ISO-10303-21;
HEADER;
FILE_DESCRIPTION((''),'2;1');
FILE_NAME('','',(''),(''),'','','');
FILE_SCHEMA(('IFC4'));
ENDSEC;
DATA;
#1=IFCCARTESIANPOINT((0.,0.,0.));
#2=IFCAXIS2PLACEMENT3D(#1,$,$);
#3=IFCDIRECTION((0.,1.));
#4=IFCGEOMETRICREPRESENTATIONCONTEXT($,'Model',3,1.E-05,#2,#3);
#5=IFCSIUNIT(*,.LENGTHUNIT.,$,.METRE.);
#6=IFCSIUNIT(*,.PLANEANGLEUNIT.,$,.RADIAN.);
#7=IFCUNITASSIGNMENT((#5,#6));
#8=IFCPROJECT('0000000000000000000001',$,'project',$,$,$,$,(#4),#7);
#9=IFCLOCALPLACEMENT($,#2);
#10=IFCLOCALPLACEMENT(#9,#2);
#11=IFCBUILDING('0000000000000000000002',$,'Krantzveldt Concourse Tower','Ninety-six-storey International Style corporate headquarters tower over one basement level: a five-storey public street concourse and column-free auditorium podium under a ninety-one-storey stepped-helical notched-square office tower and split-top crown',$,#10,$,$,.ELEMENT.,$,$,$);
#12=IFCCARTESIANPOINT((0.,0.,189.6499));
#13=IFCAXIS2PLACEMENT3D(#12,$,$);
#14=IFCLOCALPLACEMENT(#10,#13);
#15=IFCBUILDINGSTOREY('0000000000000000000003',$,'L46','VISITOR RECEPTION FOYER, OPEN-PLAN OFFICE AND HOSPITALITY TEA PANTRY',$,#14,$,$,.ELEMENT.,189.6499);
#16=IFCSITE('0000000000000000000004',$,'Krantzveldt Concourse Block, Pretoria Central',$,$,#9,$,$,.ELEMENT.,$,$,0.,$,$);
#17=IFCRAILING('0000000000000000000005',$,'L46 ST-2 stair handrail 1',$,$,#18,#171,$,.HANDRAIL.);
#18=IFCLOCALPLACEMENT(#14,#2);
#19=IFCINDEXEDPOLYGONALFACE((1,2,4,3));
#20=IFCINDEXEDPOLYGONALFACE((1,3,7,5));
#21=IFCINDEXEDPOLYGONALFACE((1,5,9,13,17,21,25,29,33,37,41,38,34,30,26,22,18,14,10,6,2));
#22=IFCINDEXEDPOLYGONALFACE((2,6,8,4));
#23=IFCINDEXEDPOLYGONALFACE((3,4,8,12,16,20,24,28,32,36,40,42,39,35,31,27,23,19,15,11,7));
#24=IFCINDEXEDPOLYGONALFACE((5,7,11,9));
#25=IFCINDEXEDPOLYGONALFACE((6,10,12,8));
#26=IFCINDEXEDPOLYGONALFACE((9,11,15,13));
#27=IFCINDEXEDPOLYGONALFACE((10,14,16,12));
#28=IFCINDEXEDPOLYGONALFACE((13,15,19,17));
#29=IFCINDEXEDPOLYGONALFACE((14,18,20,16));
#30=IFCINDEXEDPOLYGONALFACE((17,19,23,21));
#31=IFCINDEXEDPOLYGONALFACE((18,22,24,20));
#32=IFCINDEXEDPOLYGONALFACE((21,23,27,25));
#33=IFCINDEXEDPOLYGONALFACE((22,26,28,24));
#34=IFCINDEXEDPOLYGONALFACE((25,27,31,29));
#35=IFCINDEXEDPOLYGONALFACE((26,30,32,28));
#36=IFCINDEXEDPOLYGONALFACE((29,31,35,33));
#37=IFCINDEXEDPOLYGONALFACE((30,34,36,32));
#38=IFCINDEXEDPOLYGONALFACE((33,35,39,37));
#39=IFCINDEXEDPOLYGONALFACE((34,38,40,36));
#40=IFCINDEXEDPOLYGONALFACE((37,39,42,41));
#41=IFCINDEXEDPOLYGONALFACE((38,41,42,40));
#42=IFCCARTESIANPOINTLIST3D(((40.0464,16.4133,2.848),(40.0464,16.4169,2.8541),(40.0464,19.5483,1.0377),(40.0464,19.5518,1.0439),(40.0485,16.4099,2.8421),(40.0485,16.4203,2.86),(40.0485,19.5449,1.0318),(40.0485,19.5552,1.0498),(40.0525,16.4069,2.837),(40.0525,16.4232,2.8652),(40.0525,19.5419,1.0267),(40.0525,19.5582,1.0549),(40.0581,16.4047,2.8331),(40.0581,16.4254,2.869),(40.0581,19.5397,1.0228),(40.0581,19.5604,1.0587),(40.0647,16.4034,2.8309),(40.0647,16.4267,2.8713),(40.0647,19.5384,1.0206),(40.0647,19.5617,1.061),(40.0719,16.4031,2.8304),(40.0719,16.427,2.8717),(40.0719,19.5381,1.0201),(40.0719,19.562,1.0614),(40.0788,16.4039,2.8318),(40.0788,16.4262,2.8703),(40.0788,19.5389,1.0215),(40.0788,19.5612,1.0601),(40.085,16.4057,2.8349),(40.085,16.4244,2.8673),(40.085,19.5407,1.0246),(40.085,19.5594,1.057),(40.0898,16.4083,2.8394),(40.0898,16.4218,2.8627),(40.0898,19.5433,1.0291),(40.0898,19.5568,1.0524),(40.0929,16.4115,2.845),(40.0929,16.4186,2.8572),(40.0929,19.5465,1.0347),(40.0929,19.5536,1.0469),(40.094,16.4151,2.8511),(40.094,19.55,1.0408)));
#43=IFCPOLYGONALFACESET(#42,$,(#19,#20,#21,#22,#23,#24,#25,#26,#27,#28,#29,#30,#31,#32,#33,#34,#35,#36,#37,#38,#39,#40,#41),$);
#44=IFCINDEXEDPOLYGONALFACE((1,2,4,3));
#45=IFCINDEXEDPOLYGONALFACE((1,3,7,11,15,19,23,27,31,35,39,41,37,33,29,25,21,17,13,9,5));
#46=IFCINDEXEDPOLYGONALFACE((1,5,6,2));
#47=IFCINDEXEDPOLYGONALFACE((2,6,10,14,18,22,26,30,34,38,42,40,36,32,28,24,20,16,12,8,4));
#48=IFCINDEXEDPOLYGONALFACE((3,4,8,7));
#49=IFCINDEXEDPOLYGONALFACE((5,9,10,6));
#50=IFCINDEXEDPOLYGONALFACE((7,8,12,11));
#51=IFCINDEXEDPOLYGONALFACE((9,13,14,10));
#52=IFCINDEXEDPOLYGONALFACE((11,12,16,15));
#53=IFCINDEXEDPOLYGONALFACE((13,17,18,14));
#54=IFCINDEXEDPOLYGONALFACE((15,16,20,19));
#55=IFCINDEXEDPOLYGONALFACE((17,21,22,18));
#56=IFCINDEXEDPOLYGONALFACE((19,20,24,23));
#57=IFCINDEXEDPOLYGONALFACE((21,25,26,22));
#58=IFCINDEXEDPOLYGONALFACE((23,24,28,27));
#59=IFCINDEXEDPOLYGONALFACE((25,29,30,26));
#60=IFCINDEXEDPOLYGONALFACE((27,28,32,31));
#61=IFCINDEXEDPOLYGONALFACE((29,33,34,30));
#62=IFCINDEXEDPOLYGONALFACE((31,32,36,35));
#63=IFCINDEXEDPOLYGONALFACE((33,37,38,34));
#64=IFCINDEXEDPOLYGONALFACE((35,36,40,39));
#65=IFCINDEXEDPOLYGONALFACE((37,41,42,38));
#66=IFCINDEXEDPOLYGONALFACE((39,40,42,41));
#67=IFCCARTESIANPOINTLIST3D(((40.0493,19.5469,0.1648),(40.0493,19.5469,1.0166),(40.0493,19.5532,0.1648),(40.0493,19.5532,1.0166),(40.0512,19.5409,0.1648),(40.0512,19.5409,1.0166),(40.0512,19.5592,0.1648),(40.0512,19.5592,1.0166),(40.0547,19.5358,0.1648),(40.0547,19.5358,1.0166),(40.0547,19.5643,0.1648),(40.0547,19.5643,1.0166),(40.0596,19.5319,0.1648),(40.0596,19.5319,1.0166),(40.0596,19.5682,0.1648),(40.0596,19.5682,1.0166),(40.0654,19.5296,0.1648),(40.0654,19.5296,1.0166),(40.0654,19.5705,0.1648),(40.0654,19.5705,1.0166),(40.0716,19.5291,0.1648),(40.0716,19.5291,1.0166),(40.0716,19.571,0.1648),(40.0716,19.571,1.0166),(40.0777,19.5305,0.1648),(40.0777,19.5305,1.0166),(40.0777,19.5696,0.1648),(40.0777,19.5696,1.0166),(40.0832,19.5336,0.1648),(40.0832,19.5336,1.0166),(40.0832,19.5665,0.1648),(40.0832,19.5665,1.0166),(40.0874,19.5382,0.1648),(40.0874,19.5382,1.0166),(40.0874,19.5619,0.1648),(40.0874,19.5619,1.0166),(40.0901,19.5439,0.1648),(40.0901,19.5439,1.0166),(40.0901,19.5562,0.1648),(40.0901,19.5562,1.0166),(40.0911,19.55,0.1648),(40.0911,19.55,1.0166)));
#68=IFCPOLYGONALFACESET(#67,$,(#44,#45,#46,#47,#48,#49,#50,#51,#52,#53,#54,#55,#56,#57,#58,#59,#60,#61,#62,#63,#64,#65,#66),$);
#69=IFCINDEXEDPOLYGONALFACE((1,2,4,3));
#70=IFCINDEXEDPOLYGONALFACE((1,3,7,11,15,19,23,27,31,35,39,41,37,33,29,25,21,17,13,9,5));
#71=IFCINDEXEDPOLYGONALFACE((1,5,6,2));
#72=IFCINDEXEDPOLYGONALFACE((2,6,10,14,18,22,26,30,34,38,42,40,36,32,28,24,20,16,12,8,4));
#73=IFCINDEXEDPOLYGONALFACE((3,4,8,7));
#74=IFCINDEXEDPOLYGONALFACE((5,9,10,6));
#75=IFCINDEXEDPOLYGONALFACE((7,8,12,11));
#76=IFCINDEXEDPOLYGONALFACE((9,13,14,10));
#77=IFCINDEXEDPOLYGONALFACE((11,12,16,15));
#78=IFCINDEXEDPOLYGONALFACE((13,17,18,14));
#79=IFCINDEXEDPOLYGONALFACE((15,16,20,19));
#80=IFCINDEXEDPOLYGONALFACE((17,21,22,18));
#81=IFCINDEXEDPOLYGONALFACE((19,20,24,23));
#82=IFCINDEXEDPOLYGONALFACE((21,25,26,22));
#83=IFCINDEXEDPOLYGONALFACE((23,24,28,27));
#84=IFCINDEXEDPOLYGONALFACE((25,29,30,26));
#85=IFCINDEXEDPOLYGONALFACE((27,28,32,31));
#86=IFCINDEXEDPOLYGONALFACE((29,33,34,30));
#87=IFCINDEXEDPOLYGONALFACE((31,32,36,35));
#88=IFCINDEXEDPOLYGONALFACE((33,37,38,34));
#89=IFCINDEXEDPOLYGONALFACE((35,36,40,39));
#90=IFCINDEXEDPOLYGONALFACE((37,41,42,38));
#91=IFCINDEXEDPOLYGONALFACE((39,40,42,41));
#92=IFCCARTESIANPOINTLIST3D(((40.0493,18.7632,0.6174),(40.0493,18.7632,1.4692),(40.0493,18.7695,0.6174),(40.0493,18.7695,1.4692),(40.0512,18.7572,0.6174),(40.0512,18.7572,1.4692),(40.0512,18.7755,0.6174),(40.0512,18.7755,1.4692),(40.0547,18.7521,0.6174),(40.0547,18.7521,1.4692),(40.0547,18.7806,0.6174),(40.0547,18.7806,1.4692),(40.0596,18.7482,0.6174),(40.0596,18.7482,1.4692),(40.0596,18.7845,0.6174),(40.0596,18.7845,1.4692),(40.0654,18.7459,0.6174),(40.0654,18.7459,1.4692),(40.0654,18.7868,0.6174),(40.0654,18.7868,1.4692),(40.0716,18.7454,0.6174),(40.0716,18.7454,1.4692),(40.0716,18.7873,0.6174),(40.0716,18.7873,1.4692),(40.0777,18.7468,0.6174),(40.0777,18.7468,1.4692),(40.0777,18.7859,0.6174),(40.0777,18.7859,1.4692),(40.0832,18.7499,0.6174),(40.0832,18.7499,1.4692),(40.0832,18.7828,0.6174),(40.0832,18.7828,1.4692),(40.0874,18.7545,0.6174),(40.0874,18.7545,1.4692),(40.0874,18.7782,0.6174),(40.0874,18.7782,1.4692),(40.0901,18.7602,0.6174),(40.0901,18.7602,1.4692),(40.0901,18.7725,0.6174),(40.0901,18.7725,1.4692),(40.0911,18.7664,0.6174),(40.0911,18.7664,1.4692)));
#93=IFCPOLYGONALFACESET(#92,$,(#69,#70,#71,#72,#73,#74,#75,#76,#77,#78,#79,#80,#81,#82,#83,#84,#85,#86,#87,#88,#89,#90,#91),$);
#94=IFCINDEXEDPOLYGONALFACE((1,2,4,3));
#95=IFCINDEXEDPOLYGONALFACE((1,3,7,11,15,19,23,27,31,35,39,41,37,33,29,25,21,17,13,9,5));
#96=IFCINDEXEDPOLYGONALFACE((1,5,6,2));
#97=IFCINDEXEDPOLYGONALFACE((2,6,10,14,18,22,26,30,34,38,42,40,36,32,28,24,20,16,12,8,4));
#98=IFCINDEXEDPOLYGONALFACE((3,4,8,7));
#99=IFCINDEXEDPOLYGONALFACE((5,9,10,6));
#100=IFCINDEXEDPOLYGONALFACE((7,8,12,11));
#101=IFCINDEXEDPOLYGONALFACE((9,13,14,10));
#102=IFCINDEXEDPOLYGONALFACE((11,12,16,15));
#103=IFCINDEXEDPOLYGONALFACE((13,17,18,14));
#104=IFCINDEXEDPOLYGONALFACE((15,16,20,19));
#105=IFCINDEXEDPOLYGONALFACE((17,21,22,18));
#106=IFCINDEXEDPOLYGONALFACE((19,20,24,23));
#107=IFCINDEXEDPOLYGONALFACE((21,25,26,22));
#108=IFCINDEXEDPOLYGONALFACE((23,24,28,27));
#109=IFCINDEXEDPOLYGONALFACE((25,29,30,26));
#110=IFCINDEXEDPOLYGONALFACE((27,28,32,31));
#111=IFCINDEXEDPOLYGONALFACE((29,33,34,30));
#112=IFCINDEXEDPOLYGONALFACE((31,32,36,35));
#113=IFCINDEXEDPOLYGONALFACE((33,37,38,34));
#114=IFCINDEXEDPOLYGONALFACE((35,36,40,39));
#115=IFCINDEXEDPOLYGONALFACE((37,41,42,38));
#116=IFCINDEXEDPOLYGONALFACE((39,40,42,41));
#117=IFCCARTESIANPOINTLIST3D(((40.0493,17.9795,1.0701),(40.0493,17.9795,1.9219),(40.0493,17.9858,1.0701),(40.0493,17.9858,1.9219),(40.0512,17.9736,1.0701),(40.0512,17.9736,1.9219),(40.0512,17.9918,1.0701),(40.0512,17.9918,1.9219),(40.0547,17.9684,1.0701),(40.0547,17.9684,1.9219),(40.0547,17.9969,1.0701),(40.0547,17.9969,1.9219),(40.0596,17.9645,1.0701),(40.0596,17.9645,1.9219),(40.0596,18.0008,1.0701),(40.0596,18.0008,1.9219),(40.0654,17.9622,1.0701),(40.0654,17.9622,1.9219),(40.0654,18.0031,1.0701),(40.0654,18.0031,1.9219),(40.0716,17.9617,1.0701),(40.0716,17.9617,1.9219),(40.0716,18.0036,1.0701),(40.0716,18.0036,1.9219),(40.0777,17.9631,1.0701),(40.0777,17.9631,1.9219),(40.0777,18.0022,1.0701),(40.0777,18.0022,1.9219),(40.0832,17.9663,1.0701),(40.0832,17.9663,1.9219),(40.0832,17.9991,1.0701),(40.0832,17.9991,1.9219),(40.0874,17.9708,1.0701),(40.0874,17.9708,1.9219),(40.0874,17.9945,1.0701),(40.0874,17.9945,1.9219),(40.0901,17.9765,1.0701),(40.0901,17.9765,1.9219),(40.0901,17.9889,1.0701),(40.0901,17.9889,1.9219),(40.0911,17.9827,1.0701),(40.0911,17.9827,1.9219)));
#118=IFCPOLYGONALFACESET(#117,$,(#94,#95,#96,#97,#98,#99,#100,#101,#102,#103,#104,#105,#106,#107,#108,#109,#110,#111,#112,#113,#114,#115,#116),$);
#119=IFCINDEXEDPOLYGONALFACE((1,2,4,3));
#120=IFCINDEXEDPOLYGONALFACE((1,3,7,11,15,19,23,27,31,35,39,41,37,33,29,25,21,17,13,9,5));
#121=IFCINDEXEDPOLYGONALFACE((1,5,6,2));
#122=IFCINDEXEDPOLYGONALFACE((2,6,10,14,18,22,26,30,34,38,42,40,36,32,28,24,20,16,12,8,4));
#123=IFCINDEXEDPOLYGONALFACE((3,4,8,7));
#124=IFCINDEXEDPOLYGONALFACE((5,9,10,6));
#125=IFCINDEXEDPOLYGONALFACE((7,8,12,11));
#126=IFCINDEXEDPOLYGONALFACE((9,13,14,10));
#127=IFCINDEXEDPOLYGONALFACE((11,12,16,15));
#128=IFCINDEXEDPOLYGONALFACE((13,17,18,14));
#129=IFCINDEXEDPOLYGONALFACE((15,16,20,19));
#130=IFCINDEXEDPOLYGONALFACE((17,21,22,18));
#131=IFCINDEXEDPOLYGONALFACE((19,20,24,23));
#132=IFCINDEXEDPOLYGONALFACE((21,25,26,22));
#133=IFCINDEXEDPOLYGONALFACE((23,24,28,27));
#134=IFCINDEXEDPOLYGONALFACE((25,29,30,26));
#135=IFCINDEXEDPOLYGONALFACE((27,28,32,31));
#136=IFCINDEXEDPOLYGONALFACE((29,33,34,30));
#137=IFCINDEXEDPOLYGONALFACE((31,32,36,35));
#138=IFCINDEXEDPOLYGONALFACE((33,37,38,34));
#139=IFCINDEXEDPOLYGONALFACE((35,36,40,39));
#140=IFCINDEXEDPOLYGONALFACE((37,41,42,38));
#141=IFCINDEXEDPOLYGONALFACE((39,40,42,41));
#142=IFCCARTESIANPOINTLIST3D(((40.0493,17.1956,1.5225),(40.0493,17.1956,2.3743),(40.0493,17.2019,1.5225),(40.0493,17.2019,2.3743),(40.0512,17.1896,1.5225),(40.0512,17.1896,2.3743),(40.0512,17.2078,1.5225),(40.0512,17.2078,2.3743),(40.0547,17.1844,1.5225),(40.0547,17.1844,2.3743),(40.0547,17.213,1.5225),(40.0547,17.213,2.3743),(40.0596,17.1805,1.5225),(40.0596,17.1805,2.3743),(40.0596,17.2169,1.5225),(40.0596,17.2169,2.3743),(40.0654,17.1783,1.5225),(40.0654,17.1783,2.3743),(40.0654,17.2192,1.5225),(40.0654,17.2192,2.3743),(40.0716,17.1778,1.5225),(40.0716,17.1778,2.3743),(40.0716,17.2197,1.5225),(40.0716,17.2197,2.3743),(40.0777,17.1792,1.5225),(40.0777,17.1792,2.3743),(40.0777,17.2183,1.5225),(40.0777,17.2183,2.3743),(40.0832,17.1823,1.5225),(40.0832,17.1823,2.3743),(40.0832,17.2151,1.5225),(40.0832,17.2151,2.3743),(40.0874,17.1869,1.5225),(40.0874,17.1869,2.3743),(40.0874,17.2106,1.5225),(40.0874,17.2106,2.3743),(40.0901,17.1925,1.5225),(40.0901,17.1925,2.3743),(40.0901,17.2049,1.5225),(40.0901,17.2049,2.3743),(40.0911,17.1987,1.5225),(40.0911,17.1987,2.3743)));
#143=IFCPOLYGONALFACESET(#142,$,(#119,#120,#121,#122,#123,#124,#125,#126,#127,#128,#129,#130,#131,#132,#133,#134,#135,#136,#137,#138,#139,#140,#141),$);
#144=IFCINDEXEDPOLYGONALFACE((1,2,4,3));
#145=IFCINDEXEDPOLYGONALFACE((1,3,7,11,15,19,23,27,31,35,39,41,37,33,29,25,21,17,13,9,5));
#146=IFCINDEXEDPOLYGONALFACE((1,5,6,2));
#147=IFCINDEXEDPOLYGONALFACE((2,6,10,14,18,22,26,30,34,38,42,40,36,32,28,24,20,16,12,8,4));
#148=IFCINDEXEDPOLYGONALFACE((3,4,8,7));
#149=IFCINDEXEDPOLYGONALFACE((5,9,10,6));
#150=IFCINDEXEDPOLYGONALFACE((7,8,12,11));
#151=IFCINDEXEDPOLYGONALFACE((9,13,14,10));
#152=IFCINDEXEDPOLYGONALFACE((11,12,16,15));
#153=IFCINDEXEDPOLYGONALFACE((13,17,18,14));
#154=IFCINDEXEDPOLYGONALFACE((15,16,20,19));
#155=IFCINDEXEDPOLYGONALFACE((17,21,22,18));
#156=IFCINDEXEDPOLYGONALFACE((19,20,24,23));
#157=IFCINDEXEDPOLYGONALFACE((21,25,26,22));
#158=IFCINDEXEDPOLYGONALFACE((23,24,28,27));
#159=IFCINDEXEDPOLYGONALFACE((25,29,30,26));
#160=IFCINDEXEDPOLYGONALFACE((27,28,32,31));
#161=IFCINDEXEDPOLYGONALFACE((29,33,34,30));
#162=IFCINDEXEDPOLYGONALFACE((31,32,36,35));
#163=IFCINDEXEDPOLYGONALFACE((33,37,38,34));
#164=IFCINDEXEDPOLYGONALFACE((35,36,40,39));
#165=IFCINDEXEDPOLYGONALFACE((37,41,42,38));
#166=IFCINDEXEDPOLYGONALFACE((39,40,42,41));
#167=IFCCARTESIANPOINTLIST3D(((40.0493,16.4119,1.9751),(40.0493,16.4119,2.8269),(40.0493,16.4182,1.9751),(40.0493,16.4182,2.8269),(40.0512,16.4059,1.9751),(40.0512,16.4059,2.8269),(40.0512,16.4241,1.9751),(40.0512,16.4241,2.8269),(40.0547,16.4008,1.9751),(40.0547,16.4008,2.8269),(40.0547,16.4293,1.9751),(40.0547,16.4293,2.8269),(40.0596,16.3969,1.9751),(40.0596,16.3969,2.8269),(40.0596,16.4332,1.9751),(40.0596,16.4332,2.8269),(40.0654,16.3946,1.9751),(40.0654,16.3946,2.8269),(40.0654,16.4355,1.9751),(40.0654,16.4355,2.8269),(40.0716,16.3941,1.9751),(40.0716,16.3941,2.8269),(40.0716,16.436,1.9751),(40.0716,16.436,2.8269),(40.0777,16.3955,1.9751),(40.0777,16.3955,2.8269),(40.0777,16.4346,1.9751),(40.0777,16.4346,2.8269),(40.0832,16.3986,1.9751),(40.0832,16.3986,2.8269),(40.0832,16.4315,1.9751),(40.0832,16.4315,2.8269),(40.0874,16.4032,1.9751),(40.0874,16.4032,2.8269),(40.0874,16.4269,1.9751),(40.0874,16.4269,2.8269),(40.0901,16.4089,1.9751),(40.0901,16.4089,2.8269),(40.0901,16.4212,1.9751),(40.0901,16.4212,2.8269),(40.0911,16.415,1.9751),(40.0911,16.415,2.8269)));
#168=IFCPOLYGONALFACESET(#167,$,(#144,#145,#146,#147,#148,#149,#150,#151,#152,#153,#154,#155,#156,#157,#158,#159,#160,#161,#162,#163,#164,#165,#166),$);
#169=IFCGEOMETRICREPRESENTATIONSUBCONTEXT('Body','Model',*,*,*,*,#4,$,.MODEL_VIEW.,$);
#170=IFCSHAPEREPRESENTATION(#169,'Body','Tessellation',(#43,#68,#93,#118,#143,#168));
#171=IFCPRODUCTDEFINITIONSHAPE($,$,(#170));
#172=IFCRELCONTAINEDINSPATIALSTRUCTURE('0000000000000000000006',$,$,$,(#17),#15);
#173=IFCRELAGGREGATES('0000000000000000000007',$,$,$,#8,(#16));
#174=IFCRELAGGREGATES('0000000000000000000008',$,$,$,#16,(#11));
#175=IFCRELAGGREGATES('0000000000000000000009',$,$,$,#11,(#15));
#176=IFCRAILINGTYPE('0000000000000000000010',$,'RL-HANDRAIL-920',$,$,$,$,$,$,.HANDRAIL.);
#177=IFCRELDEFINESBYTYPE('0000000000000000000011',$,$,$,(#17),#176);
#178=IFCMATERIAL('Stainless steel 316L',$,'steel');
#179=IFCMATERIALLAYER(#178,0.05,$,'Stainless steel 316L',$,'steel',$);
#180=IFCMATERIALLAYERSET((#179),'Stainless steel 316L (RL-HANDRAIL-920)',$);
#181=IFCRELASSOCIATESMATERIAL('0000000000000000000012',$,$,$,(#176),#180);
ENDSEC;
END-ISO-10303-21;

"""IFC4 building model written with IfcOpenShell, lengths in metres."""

from ifc_helpers import new_model, si_unit, direction, frame, origin, origin_2d, place, context, subcontext, project, spatial, circle, extrude, material, layer, layer_set, type_object, element, save


model = new_model("IFC4")

# Units and contexts
model_context = context("Model", 3, precision=1e-05, world=origin(), true_north=direction((0.0, 1.0)))
body_context = subcontext(model_context, "Body", "Model", "MODEL_VIEW")
ifc_project = project(units=[si_unit("LENGTHUNIT", "METRE"), si_unit("PLANEANGLEUNIT", "RADIAN")], contexts=[model_context])

# Site, building, storey
site_placement = place(None, origin())
site = spatial("IfcSite", under=ifc_project, at=site_placement, Name="Krantzveldt Concourse Block, Pretoria Central", CompositionType="ELEMENT", RefElevation=0.0)
building_placement = place(site_placement, origin())
building = spatial("IfcBuilding", under=site, at=building_placement, Name="Krantzveldt Concourse Tower", Description="Ninety-six-storey International Style corporate headquarters tower over one basement level: a five-storey public street concourse and column-free auditorium podium under a ninety-one-storey stepped-helical notched-square office tower and split-top crown", CompositionType="ELEMENT")
storey_placement = place(building_placement, frame((0.0, 0.0, 189.6499)))
storey = spatial("IfcBuildingStorey", under=building, at=storey_placement, Name="L46", Description="VISITOR RECEPTION FOYER, OPEN-PLAN OFFICE AND HOSPITALITY TEA PANTRY", CompositionType="ELEMENT", Elevation=189.6499)

# Shared definitions
ifc_material_1 = material(Name="Stainless steel 316L", Category="steel")

# Railing
ifc_layer_1 = layer(ifc_material_1, 0.05, Name="Stainless steel 316L", Category="steel")
ifc_layer_set_1 = layer_set([ifc_layer_1], Name="Stainless steel 316L (RL-HANDRAIL-920)")
railing_type_1 = type_object("IfcRailingType", Name="RL-HANDRAIL-920", PredefinedType="HANDRAIL", material=ifc_layer_set_1)
railing_1_placement = place(storey_placement, frame((40.0701, 19.55, 0.1648)))
element("IfcRailing", 1, at=railing_1_placement, inside=storey, type_object=railing_type_1, Name="L46 ST-2 stair handrail 1", PredefinedType="HANDRAIL", context=body_context, shape_type="SweptSolid", body=[
    extrude(circle(Radius=0.0239, at=origin_2d()), frame((0.0, 0.0, 0.876), z_axis=(0.0, -0.865989, 0.500063), x_axis=(1.0, 0.0, 0.0)), (0.0, 0.0, 1.0), 3.6201),
    extrude(circle(Radius=0.021, at=origin_2d()), origin(), (0.0, 0.0, 1.0), 0.8518),
    extrude(circle(Radius=0.021, at=origin_2d()), frame((0.0, -0.7837, 0.4526)), (0.0, 0.0, 1.0), 0.8518),
    extrude(circle(Radius=0.021, at=origin_2d()), frame((0.0, -1.5674, 0.9053)), (0.0, 0.0, 1.0), 0.8518),
    extrude(circle(Radius=0.021, at=origin_2d()), frame((0.0, -2.3513, 1.3577)), (0.0, 0.0, 1.0), 0.8518),
    extrude(circle(Radius=0.021, at=origin_2d()), frame((0.0, -3.135, 1.8103)), (0.0, 0.0, 1.0), 0.8518),
])

save(model, "model.ifc")
